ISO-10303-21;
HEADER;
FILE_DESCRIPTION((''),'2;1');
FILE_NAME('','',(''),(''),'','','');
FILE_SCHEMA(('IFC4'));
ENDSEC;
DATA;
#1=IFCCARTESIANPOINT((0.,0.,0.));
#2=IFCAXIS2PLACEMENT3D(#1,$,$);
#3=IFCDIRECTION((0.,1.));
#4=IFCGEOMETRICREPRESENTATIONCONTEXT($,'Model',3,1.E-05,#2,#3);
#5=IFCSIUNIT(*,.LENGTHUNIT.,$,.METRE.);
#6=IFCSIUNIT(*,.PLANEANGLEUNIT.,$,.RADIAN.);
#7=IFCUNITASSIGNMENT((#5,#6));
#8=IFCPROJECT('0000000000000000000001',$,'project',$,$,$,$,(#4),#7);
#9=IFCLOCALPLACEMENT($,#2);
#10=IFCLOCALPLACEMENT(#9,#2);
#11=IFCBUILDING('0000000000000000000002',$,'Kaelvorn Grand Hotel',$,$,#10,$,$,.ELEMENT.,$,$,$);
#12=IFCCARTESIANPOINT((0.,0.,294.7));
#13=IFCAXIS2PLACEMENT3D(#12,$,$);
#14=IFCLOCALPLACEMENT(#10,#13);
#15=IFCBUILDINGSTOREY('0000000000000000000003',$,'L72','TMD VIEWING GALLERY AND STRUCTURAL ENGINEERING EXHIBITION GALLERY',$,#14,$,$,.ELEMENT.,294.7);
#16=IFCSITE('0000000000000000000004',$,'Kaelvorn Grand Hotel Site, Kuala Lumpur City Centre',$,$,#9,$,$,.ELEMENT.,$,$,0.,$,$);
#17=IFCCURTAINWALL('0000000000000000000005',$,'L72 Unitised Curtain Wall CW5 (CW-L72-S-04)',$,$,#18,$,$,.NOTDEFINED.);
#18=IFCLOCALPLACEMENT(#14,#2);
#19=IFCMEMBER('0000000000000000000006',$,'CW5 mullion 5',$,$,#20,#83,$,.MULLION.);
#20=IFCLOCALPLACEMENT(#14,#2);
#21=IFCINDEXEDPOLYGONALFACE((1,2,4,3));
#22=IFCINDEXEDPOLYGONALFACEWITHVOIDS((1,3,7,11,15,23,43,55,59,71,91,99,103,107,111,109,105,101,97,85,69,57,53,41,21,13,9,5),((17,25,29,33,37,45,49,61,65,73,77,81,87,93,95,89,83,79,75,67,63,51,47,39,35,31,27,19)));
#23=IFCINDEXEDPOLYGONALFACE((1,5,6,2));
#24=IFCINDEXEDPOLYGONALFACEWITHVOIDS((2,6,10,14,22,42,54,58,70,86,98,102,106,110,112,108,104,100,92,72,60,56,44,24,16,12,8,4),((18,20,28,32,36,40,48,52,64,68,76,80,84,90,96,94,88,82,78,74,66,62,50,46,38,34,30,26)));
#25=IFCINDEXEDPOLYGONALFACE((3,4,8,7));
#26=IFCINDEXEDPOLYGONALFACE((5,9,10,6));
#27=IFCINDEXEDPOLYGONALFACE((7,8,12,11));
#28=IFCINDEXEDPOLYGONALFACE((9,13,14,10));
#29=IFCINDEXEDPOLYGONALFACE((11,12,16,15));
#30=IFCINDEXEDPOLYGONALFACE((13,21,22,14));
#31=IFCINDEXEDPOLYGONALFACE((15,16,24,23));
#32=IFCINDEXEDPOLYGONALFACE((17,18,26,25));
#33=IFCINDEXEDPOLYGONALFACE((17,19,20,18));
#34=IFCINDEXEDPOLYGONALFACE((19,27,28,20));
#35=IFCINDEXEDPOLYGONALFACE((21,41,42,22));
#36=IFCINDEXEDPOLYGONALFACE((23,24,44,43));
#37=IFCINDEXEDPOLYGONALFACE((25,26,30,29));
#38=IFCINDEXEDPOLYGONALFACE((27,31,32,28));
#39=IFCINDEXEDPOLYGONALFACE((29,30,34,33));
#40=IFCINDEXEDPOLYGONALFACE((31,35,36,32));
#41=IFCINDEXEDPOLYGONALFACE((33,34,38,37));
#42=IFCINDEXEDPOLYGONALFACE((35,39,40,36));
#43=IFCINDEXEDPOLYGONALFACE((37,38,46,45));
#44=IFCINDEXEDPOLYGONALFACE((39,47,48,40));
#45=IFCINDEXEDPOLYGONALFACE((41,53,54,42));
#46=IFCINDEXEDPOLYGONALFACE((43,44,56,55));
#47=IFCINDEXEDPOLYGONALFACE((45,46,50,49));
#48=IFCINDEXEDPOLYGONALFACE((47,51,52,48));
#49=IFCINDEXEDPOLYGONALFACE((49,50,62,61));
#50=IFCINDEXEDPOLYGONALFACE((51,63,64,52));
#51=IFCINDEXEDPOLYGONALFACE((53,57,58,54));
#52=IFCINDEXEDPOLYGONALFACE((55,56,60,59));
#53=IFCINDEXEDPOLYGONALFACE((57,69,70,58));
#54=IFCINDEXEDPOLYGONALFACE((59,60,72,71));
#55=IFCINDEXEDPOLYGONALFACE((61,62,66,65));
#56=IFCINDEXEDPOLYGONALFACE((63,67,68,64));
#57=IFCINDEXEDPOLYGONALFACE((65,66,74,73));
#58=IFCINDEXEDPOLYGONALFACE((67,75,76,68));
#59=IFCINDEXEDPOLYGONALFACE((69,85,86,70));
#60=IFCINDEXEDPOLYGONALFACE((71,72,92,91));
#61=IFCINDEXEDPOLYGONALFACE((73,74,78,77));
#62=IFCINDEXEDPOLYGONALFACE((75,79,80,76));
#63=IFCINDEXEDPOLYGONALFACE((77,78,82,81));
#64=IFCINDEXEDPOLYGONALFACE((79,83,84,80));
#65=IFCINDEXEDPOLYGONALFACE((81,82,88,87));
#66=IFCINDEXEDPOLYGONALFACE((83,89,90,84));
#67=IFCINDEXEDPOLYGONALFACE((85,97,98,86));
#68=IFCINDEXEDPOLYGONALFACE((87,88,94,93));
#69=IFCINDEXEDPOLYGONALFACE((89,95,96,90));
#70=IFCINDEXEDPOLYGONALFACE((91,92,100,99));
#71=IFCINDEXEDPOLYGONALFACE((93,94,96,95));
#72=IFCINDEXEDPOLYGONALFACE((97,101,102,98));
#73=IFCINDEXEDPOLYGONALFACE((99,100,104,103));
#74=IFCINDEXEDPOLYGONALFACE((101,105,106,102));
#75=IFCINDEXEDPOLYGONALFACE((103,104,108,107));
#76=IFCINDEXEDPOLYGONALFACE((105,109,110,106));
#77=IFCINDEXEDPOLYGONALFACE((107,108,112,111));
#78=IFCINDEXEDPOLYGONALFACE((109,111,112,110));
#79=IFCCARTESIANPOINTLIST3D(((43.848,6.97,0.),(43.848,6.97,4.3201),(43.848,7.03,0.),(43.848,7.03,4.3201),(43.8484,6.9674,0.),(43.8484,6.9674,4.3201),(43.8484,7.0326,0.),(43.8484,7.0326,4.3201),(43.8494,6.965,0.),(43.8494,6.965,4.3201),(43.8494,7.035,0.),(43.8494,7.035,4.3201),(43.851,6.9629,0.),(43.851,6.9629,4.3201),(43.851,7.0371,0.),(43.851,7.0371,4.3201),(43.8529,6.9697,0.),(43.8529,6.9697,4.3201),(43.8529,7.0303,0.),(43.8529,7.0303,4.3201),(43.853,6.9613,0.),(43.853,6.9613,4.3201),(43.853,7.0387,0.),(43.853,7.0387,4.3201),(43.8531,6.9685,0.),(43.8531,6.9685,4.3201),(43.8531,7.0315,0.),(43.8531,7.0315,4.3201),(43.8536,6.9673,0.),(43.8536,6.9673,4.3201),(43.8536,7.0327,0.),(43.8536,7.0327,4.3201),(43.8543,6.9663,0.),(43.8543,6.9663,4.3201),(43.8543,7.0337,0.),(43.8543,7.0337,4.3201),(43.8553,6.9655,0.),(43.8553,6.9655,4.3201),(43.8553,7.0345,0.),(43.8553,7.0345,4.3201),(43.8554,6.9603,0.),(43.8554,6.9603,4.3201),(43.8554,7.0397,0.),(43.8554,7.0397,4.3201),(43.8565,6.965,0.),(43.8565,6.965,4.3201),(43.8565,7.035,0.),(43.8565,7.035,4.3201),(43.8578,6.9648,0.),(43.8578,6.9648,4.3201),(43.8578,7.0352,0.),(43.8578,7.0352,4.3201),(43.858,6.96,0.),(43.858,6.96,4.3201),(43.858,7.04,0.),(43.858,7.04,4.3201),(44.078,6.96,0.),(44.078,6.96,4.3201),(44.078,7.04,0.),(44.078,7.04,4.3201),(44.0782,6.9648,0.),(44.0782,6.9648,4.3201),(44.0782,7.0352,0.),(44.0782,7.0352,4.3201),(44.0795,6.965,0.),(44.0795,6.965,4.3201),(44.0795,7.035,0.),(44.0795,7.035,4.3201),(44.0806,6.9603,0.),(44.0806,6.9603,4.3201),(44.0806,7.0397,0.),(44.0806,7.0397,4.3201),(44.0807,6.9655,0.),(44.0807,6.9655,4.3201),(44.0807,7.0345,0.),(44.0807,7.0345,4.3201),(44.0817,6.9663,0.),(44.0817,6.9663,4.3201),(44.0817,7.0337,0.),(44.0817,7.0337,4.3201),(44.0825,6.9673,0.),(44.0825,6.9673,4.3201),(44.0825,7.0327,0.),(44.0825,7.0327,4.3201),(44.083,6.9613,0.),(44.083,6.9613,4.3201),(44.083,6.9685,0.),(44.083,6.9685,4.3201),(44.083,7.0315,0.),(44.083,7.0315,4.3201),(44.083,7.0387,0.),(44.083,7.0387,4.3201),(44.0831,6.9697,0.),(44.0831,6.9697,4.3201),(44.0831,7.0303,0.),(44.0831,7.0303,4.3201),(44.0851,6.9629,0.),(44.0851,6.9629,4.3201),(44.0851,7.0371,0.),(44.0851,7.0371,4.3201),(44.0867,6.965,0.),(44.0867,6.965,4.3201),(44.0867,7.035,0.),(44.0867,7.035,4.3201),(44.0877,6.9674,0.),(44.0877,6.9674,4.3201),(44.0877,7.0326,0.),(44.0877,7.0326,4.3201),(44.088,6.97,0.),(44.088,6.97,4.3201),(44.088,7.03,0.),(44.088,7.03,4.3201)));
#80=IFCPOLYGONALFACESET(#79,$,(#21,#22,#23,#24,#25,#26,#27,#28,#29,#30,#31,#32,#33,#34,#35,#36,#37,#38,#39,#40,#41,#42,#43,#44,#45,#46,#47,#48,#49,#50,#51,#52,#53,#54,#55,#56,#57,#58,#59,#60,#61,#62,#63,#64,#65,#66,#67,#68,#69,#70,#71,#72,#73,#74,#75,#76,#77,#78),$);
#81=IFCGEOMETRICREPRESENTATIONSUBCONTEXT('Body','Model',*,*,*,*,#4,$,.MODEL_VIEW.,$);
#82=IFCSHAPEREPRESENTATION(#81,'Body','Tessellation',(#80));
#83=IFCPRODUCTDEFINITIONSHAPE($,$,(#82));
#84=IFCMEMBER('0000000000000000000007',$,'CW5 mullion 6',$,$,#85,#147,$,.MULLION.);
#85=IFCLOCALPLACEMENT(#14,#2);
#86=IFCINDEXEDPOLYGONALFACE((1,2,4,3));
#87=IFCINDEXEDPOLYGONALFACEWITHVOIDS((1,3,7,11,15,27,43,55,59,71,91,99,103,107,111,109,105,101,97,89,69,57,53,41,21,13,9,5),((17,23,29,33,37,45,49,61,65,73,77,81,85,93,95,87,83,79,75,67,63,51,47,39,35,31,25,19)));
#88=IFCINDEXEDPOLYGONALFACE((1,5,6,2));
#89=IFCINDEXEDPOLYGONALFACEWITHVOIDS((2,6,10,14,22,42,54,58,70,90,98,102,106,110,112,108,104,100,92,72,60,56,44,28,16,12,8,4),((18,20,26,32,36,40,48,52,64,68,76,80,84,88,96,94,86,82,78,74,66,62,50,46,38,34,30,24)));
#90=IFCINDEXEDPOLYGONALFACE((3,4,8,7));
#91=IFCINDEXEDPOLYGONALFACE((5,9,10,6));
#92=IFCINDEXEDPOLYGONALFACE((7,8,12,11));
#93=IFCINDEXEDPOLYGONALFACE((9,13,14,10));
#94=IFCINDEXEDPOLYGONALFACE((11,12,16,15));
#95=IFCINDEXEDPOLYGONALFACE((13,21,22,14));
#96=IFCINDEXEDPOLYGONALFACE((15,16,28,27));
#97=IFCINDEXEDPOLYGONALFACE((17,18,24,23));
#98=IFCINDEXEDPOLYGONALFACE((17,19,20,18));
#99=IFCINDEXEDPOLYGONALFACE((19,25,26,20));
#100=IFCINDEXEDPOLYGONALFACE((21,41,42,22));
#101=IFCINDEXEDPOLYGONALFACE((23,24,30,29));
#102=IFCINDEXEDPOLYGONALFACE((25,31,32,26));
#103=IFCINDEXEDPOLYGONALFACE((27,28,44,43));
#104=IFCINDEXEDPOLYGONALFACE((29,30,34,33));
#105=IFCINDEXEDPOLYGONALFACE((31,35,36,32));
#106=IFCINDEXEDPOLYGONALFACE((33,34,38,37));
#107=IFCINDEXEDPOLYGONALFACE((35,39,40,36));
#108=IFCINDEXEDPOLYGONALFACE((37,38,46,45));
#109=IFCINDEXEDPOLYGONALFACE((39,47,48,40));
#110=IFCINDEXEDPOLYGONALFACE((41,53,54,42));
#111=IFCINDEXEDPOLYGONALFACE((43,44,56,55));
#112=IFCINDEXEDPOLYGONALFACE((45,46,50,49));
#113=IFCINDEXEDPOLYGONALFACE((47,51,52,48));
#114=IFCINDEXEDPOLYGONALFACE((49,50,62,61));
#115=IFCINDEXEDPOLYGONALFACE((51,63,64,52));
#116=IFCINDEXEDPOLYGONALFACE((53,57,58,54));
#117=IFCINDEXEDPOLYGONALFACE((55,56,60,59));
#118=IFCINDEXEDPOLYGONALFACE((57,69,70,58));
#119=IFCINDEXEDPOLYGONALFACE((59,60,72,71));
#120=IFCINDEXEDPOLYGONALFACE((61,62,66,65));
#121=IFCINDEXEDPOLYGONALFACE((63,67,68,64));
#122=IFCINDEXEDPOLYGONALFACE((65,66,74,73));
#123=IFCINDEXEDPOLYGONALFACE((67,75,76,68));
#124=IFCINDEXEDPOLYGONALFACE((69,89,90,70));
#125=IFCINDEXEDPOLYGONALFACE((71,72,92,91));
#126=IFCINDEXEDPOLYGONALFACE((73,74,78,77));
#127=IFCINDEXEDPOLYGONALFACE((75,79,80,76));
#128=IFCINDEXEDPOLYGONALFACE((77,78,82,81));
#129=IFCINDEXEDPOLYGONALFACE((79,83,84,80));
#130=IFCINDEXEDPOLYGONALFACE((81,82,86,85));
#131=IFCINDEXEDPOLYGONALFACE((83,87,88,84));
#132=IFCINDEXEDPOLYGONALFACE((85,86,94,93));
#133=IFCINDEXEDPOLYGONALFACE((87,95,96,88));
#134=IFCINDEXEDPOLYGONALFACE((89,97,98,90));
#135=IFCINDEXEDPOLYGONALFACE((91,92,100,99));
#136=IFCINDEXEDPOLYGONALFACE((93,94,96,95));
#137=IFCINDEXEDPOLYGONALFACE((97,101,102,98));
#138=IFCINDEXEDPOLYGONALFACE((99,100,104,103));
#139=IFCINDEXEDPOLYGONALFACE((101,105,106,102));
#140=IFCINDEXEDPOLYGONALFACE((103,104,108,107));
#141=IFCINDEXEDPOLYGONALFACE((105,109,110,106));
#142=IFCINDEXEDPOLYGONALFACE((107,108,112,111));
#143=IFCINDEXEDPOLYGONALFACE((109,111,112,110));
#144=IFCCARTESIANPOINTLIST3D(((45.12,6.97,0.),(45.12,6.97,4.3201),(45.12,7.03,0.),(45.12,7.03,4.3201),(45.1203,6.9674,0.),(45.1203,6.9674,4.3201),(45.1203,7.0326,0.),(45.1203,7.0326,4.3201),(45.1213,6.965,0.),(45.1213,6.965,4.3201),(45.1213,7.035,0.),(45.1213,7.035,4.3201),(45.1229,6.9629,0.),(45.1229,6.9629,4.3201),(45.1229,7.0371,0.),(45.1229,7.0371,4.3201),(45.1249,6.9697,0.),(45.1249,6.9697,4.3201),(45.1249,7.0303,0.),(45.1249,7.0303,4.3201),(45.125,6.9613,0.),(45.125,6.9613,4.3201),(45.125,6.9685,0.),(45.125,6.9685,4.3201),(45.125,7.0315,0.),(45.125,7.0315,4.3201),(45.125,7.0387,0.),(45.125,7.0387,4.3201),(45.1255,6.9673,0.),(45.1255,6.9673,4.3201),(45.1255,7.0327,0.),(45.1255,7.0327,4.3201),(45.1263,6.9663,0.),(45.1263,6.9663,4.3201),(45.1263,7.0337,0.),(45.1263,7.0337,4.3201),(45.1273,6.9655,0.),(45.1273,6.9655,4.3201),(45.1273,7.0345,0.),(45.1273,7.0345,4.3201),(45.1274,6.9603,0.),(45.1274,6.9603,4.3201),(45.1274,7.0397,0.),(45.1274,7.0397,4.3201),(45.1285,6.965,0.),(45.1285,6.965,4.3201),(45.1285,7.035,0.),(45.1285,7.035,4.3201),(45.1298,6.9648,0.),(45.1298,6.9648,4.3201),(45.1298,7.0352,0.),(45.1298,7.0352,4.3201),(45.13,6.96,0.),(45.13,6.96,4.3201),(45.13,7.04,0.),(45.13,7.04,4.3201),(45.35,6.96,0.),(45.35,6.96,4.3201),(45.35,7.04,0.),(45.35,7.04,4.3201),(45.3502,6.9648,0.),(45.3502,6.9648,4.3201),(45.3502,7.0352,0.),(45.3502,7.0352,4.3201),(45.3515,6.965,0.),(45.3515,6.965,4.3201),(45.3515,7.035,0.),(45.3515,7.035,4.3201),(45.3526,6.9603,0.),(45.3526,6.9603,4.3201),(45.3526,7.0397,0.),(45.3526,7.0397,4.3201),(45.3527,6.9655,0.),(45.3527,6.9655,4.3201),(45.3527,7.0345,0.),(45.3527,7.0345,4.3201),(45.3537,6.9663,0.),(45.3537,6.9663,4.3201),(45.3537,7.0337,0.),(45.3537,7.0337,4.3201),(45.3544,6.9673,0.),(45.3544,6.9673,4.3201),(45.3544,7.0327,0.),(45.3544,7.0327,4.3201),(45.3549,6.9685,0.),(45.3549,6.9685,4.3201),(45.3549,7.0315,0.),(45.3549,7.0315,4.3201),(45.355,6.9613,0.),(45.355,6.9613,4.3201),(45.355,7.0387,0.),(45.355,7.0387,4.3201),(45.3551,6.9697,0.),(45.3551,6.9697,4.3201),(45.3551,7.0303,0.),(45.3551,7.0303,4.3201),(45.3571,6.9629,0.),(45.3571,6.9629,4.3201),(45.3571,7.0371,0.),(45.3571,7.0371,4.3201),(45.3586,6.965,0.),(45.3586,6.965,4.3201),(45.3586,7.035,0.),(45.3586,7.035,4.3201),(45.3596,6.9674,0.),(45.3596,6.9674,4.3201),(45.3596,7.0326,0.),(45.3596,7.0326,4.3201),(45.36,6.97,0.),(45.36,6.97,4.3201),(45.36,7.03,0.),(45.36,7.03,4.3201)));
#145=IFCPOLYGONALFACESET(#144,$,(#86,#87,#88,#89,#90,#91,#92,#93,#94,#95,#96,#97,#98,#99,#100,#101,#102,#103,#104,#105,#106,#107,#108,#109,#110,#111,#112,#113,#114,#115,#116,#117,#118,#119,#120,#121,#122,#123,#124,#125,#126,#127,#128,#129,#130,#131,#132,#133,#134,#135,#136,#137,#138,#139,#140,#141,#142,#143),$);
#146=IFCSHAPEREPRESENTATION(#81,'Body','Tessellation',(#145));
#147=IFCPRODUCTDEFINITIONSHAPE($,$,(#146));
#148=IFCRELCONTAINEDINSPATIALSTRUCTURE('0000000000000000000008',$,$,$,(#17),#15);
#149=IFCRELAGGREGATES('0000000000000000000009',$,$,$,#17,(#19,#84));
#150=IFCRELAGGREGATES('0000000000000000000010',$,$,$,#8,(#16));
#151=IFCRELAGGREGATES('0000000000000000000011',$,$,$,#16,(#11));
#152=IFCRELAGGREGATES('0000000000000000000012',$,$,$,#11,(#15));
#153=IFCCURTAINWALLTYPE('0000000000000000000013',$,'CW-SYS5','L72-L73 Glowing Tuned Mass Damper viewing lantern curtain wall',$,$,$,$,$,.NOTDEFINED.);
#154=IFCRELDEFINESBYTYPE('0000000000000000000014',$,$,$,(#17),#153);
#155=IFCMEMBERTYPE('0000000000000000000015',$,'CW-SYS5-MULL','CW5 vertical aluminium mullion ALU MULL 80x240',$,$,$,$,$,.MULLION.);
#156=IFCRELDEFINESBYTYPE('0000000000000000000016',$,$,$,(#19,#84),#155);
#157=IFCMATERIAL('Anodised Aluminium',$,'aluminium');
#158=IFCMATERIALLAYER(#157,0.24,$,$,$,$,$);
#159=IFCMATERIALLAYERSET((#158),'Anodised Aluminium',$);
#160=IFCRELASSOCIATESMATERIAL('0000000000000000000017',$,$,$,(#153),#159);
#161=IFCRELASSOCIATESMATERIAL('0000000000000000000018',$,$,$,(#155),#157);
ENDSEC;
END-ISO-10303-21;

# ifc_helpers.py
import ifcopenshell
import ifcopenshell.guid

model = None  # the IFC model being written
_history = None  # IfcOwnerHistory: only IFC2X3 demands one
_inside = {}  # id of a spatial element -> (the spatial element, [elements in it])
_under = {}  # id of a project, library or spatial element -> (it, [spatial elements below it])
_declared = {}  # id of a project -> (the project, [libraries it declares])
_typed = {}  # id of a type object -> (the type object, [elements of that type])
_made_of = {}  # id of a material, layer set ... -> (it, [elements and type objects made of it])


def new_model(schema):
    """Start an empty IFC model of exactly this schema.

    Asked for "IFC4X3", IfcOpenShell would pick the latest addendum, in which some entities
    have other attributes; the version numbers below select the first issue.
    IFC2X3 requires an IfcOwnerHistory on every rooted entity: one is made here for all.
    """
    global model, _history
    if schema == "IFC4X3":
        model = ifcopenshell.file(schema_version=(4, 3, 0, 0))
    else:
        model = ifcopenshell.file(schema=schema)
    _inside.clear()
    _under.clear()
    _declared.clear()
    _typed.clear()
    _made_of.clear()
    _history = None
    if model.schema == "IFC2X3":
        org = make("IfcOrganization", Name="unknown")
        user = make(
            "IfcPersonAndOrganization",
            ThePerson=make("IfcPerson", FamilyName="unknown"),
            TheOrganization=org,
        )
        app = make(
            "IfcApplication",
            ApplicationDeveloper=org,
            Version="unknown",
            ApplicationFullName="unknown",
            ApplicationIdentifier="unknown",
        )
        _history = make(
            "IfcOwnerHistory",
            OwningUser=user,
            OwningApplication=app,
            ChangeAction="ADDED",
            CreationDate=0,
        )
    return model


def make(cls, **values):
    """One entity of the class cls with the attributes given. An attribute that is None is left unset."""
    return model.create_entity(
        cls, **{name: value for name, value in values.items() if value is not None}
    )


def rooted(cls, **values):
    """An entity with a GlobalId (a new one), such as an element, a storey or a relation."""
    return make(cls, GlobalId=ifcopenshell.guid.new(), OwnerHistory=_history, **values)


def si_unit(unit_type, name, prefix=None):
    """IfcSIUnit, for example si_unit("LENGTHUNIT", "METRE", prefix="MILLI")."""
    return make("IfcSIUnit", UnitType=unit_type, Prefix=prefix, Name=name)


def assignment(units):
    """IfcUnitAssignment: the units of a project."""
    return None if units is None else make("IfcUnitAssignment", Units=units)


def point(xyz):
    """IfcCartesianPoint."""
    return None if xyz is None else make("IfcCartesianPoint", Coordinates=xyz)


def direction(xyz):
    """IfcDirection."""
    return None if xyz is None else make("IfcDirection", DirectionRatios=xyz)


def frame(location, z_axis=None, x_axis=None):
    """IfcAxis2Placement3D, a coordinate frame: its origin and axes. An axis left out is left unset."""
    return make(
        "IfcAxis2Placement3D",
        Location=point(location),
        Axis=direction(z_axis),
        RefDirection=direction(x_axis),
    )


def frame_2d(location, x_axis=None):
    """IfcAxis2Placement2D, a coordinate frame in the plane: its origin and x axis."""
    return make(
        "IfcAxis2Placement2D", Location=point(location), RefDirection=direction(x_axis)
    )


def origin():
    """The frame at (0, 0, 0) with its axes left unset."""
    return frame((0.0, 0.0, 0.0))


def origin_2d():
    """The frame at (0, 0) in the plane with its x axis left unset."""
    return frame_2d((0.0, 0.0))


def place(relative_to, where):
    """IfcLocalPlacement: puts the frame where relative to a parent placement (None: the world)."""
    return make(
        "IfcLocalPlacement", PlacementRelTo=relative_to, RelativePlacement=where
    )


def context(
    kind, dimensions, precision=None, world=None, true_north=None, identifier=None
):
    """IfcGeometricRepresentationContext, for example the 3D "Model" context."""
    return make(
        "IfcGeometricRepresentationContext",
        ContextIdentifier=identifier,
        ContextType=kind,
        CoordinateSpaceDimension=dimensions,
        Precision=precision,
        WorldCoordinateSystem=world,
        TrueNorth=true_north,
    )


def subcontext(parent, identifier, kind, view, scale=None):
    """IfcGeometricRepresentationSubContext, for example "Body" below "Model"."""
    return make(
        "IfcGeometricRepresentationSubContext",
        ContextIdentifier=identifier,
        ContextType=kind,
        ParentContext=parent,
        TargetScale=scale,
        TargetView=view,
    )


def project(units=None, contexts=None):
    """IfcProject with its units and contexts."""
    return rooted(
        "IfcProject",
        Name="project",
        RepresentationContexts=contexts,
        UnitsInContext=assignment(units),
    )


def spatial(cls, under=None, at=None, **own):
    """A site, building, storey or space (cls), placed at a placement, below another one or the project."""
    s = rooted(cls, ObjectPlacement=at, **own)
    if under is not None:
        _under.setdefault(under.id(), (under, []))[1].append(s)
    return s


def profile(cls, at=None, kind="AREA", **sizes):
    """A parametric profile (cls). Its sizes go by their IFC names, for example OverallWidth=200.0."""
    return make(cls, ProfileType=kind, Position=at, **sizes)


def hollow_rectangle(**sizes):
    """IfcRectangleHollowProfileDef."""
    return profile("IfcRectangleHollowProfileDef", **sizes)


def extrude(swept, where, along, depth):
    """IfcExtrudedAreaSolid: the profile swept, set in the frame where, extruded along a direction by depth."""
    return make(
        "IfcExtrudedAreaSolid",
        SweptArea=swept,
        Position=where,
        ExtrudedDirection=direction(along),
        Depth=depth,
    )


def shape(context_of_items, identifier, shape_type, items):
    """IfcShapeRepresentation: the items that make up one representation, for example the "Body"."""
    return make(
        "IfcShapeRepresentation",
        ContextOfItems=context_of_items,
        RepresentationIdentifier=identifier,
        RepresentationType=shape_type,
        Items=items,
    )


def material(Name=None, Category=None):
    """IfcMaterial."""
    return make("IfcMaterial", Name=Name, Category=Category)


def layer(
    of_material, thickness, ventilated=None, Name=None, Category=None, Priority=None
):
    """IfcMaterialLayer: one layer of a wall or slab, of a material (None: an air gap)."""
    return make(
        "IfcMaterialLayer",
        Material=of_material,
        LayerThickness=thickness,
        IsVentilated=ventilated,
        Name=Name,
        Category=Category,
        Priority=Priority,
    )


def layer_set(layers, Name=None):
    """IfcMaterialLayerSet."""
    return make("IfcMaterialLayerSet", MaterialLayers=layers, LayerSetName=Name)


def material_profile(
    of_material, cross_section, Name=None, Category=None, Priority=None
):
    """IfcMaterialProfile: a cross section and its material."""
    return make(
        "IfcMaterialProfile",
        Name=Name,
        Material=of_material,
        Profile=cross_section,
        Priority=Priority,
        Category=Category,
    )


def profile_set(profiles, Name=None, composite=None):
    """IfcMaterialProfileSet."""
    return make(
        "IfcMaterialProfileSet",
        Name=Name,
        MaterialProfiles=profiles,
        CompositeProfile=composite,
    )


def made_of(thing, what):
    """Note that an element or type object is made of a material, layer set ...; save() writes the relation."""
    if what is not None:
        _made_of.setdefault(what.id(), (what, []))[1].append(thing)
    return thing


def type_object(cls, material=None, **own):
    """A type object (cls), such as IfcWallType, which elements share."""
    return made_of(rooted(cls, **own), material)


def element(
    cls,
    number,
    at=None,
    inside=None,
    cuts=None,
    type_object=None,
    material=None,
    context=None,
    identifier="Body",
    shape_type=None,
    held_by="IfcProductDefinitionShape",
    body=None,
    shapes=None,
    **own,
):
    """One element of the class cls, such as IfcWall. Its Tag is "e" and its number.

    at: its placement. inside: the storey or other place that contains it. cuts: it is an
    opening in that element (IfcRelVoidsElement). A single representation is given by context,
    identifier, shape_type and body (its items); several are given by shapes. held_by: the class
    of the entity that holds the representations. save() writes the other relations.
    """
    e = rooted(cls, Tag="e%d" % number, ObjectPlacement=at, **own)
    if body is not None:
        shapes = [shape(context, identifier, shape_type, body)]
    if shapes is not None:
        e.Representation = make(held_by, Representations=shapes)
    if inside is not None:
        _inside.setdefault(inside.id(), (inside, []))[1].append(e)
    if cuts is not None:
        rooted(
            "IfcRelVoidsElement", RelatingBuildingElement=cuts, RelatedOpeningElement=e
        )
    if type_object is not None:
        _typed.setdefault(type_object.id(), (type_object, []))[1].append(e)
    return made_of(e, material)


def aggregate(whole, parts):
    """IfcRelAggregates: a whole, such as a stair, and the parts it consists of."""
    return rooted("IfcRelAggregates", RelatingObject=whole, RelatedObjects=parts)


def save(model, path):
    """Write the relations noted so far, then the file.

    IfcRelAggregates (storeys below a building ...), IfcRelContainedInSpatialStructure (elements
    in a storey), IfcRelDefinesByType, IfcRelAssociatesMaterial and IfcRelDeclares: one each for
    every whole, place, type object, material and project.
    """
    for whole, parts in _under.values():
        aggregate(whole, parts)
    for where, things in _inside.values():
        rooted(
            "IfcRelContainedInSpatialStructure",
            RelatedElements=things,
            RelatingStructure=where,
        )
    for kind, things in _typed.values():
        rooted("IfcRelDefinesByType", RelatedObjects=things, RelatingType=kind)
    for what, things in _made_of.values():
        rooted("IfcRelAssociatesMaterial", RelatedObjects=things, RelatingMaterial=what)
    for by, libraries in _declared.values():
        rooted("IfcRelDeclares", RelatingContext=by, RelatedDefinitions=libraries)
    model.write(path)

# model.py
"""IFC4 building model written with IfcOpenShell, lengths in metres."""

from ifc_helpers import new_model, si_unit, direction, frame, origin, origin_2d, place, context, subcontext, project, spatial, hollow_rectangle, extrude, material, layer, layer_set, material_profile, profile_set, type_object, element, aggregate, save


model = new_model("IFC4")

# Units and contexts
model_context = context("Model", 3, precision=1e-05, world=origin(), true_north=direction((0.0, 1.0)))
body_context = subcontext(model_context, "Body", "Model", "MODEL_VIEW")
ifc_project = project(units=[si_unit("LENGTHUNIT", "METRE"), si_unit("PLANEANGLEUNIT", "RADIAN")], contexts=[model_context])

# Site, building, storey
site_placement = place(None, origin())
site = spatial("IfcSite", under=ifc_project, at=site_placement, Name="Kaelvorn Grand Hotel Site, Kuala Lumpur City Centre", CompositionType="ELEMENT", RefElevation=0.0)
building_placement = place(site_placement, origin())
building = spatial("IfcBuilding", under=site, at=building_placement, Name="Kaelvorn Grand Hotel", CompositionType="ELEMENT")
storey_placement = place(building_placement, frame((0.0, 0.0, 294.7)))
storey = spatial("IfcBuildingStorey", under=building, at=storey_placement, Name="L72", Description="TMD VIEWING GALLERY AND STRUCTURAL ENGINEERING EXHIBITION GALLERY", CompositionType="ELEMENT", Elevation=294.7)

# Curtain wall, members
ifc_material_1 = material(Name="Anodised Aluminium", Category="aluminium")
ifc_layer_1 = layer(ifc_material_1, 0.24)
ifc_layer_set_1 = layer_set([ifc_layer_1], Name="Anodised Aluminium")
curtain_wall_type = type_object("IfcCurtainWallType", Name="CW-SYS5", Description="L72-L73 Glowing Tuned Mass Damper viewing lantern curtain wall", PredefinedType="NOTDEFINED", material=ifc_layer_set_1)
curtain_wall_1_placement = place(storey_placement, origin())
curtain_wall_1 = element("IfcCurtainWall", 1, at=curtain_wall_1_placement, inside=storey, type_object=curtain_wall_type, Name="L72 Unitised Curtain Wall CW5 (CW-L72-S-04)", PredefinedType="NOTDEFINED")
ifc_material_profile_1 = material_profile(ifc_material_1, hollow_rectangle(XDim=0.0801, YDim=0.24, WallThickness=0.0049, InnerFilletRadius=0.0049, OuterFilletRadius=0.01, at=origin_2d()), Name="ALU MULL 80x240")
ifc_profile_set_1 = profile_set([ifc_material_profile_1], Name="Anodised Aluminium")
member_type_1 = type_object("IfcMemberType", Name="CW-SYS5-MULL", Description="CW5 vertical aluminium mullion ALU MULL 80x240", PredefinedType="MULLION", material=ifc_profile_set_1)
member_1_placement = place(storey_placement, frame((43.968, 7.0, 0.0), z_axis=(0.0, 0.0, 1.0), x_axis=(0.0, 1.0, 0.0)))
member_1 = element("IfcMember", 2, at=member_1_placement, type_object=member_type_1, Name="CW5 mullion 5", PredefinedType="MULLION", context=body_context, shape_type="SweptSolid", body=[
    extrude(hollow_rectangle(XDim=0.0801, YDim=0.24, WallThickness=0.0049, InnerFilletRadius=0.0049, OuterFilletRadius=0.01, at=origin_2d()), origin(), (0.0, 0.0, 1.0), 4.3201),
])
member_2_placement = place(storey_placement, frame((45.24, 7.0, 0.0), z_axis=(0.0, 0.0, 1.0), x_axis=(0.0, 1.0, 0.0)))
member_2 = element("IfcMember", 3, at=member_2_placement, type_object=member_type_1, Name="CW5 mullion 6", PredefinedType="MULLION", context=body_context, shape_type="SweptSolid", body=[
    extrude(hollow_rectangle(XDim=0.0801, YDim=0.24, WallThickness=0.0049, InnerFilletRadius=0.0049, OuterFilletRadius=0.01, at=origin_2d()), origin(), (0.0, 0.0, 1.0), 4.3201),
])

aggregate(curtain_wall_1, [member_1, member_2])

save(model, "model.ifc")
